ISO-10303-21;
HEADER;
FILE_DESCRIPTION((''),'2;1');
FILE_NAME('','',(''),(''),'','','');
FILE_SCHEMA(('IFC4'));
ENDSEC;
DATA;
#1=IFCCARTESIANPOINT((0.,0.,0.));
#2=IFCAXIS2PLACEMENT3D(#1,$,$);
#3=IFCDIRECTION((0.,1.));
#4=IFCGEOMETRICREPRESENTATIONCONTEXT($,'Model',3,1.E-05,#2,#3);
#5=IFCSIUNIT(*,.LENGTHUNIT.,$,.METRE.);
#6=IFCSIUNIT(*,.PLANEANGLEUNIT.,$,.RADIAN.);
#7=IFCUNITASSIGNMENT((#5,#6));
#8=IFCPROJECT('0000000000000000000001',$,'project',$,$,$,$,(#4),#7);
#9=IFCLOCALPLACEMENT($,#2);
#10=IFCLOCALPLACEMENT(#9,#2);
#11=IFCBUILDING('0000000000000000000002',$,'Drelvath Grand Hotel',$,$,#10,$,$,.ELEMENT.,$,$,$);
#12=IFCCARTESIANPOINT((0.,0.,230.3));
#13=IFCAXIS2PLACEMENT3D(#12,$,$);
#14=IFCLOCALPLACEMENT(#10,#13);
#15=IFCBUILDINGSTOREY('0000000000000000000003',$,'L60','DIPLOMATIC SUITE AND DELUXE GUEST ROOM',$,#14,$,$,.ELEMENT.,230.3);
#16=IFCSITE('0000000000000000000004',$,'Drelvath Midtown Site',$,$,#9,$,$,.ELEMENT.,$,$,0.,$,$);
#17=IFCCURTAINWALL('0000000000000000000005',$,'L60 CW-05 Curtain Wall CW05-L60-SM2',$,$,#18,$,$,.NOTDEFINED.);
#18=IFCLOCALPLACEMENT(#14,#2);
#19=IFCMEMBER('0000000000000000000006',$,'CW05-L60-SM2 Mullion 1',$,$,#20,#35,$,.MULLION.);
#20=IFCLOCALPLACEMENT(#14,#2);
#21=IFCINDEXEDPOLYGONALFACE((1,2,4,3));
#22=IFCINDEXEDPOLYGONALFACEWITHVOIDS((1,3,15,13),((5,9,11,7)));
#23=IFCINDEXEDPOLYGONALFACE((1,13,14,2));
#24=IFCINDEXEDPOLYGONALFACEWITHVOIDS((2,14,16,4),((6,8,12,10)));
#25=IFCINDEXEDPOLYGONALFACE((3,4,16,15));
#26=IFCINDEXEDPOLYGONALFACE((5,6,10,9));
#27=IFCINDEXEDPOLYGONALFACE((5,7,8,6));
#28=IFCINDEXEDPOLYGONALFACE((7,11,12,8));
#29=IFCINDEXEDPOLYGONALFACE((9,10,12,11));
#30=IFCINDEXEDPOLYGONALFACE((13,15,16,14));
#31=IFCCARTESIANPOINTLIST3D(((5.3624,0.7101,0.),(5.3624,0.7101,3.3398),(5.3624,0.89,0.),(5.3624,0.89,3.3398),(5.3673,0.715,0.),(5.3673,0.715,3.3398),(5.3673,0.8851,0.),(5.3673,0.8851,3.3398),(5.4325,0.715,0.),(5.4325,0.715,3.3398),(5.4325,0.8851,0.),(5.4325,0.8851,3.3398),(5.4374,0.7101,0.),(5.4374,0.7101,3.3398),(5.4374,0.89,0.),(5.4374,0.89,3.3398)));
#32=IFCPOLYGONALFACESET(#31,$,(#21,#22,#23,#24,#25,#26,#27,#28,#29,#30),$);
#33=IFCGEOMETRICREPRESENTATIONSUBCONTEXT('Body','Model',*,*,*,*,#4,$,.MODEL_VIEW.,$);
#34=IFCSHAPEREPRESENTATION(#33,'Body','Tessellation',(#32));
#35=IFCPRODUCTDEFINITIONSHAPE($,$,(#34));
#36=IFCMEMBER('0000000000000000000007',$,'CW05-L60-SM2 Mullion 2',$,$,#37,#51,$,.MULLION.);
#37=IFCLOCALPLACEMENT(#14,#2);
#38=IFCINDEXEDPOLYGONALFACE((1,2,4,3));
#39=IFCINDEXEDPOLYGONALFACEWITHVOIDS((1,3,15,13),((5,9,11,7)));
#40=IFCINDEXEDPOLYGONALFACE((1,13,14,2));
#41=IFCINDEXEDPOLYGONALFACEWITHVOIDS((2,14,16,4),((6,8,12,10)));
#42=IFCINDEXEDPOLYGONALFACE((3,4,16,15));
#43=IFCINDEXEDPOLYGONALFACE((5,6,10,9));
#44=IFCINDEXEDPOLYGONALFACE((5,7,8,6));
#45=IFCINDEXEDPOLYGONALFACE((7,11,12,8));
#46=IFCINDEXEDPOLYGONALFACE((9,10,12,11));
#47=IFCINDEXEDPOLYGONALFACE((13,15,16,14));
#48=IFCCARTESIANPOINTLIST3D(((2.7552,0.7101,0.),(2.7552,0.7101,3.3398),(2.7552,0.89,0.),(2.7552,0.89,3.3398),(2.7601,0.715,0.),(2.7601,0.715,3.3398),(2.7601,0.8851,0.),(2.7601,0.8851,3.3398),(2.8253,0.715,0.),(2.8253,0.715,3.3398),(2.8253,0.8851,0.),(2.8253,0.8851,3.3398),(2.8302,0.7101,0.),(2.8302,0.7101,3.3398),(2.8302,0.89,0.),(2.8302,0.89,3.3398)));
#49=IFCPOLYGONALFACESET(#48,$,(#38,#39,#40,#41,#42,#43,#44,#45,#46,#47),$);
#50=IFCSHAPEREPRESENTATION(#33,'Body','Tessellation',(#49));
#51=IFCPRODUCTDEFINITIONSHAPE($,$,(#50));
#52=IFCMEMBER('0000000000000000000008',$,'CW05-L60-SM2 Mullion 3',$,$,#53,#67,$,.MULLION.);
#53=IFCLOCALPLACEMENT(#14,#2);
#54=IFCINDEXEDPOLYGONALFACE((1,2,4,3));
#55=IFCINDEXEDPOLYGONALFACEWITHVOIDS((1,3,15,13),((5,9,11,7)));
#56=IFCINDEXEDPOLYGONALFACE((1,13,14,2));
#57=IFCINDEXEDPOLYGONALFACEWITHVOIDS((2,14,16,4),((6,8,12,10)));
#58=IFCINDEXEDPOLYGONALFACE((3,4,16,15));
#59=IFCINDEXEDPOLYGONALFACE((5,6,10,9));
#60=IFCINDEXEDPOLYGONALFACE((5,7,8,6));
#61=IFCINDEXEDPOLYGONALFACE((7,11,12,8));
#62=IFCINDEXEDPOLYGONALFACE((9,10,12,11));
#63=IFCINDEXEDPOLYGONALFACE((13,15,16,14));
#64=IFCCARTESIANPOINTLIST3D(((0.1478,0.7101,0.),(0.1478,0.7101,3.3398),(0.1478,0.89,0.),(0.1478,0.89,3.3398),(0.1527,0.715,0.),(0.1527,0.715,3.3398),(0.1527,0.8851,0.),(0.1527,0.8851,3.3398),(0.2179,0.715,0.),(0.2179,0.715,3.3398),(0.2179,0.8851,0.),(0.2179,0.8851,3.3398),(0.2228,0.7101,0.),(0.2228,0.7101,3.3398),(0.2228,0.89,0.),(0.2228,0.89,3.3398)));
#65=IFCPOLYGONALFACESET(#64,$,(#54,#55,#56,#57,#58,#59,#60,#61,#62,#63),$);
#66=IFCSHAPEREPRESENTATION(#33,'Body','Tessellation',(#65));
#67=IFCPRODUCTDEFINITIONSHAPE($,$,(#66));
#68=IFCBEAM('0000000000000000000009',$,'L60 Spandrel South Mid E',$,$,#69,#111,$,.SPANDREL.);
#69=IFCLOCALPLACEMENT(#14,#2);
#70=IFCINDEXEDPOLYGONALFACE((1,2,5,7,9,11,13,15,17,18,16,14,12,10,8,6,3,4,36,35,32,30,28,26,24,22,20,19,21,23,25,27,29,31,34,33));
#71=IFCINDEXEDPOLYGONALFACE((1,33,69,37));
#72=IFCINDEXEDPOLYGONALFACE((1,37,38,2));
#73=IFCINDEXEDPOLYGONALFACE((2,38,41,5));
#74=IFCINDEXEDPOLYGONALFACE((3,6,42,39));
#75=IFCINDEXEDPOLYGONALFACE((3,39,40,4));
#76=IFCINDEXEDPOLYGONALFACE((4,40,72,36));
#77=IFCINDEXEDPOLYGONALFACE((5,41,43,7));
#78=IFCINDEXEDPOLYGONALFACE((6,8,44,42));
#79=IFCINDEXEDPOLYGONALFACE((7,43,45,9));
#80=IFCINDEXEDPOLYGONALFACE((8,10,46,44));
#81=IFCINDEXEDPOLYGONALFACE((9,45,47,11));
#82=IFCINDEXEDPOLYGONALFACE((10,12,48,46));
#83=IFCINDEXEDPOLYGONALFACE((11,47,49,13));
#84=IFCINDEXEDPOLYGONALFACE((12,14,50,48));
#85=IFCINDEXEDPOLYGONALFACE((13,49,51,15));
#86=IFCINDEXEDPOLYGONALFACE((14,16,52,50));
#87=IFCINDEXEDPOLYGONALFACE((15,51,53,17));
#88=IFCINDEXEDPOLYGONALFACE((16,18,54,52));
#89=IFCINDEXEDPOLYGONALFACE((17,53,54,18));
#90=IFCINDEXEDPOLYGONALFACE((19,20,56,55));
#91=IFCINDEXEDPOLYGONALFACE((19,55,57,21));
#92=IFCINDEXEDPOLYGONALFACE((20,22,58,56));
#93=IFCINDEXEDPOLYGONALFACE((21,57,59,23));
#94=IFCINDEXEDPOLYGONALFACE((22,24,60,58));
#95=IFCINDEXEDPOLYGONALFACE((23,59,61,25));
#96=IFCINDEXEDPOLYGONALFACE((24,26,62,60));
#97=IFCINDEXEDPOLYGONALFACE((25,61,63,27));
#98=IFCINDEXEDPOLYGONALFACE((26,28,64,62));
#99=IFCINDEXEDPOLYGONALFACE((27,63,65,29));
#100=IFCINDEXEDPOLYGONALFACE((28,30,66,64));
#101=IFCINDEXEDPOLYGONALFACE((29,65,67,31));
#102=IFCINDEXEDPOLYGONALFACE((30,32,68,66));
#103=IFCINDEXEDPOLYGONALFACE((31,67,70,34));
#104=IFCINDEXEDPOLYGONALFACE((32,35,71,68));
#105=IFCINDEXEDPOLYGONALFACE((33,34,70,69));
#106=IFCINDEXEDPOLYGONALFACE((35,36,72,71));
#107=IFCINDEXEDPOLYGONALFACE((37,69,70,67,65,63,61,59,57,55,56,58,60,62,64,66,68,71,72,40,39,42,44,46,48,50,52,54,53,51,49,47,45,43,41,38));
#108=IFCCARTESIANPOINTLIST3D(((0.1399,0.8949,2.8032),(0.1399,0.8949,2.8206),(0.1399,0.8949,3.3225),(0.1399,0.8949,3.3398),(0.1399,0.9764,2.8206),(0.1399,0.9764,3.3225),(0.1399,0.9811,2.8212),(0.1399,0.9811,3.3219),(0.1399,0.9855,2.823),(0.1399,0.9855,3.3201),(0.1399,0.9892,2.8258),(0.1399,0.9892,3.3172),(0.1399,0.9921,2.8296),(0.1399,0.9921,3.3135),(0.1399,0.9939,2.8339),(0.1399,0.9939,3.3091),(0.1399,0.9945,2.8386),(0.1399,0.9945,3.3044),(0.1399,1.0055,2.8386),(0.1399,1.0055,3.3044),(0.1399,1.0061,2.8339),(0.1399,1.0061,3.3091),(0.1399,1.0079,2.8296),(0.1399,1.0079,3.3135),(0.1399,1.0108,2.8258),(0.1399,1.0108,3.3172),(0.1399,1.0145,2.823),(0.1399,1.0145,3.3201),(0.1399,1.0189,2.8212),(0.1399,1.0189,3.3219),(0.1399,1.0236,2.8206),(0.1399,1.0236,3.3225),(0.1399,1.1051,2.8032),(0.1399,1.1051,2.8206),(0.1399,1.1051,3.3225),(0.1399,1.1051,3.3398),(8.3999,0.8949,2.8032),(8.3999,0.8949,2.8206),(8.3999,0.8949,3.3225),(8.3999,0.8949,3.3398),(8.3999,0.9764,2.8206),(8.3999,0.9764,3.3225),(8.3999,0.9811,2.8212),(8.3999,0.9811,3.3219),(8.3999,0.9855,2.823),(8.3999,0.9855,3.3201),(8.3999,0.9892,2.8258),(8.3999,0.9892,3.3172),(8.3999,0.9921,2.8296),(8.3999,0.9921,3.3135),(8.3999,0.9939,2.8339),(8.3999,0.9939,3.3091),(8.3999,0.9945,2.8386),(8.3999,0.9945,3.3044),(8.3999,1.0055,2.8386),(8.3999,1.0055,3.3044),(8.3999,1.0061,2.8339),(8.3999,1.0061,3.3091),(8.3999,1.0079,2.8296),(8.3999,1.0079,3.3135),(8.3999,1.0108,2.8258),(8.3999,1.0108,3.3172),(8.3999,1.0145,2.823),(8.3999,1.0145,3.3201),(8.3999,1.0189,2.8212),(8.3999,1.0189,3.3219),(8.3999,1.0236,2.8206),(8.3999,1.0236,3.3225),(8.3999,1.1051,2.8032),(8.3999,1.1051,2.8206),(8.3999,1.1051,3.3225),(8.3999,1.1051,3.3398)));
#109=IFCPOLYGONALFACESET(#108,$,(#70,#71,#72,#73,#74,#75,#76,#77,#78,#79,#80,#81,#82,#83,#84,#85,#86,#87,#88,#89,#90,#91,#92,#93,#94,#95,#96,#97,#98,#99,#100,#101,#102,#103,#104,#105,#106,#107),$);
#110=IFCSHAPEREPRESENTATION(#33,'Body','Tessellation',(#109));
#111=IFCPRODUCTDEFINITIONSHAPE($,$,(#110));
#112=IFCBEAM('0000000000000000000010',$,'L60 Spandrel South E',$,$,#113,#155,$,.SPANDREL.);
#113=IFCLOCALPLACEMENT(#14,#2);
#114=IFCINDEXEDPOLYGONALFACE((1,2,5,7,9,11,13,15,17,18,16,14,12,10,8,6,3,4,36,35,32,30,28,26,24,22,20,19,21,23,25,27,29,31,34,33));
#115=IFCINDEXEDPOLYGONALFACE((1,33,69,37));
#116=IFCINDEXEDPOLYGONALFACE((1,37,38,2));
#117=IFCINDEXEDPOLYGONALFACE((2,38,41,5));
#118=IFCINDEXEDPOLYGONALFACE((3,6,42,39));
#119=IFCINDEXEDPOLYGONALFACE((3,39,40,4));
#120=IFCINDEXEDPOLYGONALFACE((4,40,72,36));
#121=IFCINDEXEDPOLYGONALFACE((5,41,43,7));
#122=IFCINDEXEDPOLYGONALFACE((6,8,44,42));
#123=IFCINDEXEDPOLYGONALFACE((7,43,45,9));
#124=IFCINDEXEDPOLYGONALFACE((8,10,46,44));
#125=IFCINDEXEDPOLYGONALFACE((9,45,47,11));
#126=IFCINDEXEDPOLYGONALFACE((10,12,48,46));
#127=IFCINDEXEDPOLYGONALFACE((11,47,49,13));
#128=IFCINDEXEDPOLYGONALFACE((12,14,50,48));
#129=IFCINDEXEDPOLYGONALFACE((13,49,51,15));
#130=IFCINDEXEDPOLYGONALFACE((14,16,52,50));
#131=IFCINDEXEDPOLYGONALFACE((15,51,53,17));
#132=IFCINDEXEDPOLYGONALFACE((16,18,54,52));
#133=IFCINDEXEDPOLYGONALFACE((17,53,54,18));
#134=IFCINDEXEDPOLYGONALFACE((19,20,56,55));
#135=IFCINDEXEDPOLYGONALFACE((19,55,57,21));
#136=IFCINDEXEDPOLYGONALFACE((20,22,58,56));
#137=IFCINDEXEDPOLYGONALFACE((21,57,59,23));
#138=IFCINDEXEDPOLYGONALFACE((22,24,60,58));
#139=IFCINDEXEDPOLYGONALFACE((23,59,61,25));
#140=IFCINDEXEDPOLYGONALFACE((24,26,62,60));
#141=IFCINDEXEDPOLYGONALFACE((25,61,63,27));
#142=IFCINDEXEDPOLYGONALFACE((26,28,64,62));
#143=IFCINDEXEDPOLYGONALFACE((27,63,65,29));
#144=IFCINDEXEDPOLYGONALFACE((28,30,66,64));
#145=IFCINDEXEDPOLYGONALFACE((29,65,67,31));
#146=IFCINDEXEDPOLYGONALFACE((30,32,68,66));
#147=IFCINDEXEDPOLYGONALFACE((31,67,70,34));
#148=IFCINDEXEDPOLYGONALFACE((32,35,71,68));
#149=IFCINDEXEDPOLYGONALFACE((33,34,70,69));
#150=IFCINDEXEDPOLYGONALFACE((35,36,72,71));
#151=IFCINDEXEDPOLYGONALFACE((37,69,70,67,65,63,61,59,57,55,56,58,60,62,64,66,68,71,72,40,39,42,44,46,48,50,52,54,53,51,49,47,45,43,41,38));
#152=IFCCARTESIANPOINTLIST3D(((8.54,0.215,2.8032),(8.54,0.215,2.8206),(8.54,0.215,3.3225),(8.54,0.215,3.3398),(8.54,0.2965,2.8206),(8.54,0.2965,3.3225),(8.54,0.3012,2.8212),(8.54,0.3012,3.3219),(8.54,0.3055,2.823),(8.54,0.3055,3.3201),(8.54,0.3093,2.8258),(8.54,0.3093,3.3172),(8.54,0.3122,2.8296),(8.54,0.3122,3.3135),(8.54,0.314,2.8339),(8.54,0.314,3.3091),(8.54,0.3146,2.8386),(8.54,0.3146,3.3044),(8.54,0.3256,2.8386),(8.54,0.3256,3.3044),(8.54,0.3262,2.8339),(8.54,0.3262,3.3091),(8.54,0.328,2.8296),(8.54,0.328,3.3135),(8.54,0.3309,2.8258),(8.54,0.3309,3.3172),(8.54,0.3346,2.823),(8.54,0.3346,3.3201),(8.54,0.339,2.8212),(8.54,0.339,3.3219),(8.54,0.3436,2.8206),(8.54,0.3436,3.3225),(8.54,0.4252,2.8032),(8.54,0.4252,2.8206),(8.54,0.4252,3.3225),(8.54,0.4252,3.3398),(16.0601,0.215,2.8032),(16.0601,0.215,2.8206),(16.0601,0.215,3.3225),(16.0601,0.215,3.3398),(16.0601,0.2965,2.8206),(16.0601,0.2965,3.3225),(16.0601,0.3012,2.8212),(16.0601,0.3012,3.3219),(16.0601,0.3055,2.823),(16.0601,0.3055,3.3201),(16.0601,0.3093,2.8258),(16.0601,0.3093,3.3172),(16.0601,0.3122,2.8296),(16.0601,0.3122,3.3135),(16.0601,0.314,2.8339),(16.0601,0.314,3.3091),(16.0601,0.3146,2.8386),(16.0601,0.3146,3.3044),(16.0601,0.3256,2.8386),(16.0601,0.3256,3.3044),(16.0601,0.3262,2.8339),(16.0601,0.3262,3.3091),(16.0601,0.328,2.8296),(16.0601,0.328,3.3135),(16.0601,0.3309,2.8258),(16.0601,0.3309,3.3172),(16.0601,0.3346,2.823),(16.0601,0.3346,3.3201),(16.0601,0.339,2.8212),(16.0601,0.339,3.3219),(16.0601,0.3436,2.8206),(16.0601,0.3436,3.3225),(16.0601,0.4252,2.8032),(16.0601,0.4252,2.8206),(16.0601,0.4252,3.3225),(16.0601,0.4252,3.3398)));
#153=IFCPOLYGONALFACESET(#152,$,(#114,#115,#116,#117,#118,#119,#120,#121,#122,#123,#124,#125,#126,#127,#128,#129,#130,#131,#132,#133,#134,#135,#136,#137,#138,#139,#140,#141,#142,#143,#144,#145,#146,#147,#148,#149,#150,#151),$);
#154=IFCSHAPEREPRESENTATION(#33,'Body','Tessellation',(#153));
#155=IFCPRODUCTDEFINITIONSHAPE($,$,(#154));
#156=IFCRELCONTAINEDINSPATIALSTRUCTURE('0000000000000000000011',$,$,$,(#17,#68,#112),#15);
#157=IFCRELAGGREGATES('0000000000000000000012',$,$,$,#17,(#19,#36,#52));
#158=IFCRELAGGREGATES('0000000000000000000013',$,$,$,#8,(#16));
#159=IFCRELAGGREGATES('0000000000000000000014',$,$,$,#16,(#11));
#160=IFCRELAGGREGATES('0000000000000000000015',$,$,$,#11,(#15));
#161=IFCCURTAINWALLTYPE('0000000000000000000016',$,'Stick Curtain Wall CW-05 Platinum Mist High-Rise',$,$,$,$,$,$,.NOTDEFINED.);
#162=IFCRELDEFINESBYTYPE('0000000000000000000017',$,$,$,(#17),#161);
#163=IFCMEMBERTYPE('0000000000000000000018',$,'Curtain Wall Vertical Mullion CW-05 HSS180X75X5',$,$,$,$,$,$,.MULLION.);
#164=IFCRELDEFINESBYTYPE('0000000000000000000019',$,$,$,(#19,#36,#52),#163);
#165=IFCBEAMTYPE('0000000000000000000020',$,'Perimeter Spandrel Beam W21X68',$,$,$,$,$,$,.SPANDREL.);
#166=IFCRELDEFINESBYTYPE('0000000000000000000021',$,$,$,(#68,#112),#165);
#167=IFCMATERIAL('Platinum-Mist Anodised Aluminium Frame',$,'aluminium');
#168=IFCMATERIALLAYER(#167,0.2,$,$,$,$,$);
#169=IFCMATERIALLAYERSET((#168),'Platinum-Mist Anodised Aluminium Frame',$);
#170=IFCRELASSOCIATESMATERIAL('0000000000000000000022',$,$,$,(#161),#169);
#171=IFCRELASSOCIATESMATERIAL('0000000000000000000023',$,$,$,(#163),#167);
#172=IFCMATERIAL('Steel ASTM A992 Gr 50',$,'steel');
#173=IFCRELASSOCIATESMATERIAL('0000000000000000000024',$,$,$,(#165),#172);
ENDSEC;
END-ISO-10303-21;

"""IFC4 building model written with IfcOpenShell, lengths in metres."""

from ifc_helpers import new_model, si_unit, direction, frame, origin, origin_2d, place, context, subcontext, project, spatial, hollow_rectangle, i_section, extrude, material, layer, layer_set, material_profile, profile_set, type_object, element, aggregate, save


model = new_model("IFC4")

# Units and contexts
model_context = context("Model", 3, precision=1e-05, world=origin(), true_north=direction((0.0, 1.0)))
body_context = subcontext(model_context, "Body", "Model", "MODEL_VIEW")
ifc_project = project(units=[si_unit("LENGTHUNIT", "METRE"), si_unit("PLANEANGLEUNIT", "RADIAN")], contexts=[model_context])

# Site, building, storey
site_placement = place(None, origin())
site = spatial("IfcSite", under=ifc_project, at=site_placement, Name="Drelvath Midtown Site", CompositionType="ELEMENT", RefElevation=0.0)
building_placement = place(site_placement, origin())
building = spatial("IfcBuilding", under=site, at=building_placement, Name="Drelvath Grand Hotel", CompositionType="ELEMENT")
storey_placement = place(building_placement, frame((0.0, 0.0, 230.3)))
storey = spatial("IfcBuildingStorey", under=building, at=storey_placement, Name="L60", Description="DIPLOMATIC SUITE AND DELUXE GUEST ROOM", CompositionType="ELEMENT", Elevation=230.3)

# Curtain wall
ifc_material_1 = material(Name="Platinum-Mist Anodised Aluminium Frame", Category="aluminium")
ifc_layer_1 = layer(ifc_material_1, 0.2)
ifc_layer_set_1 = layer_set([ifc_layer_1], Name="Platinum-Mist Anodised Aluminium Frame")
curtain_wall_type = type_object("IfcCurtainWallType", Name="Stick Curtain Wall CW-05 Platinum Mist High-Rise", PredefinedType="NOTDEFINED", material=ifc_layer_set_1)
curtain_wall_1_placement = place(storey_placement, origin())
curtain_wall_1 = element("IfcCurtainWall", 1, at=curtain_wall_1_placement, inside=storey, type_object=curtain_wall_type, Name="L60 CW-05 Curtain Wall CW05-L60-SM2", PredefinedType="NOTDEFINED")

# Shared definitions
ifc_material_profile_1 = material_profile(ifc_material_1, hollow_rectangle(XDim=0.075, YDim=0.1799, WallThickness=0.0049, at=origin_2d()), Name="HSS180X75X5")
ifc_profile_set_1 = profile_set([ifc_material_profile_1], Name="Platinum-Mist Anodised Aluminium Frame")
member_type_1 = type_object("IfcMemberType", Name="Curtain Wall Vertical Mullion CW-05 HSS180X75X5", PredefinedType="MULLION", material=ifc_profile_set_1)

# Members
member_1_placement = place(storey_placement, frame((5.3999, 0.8, 0.0), z_axis=(0.0, 0.0, 1.0), x_axis=(1.0, 0.0, 0.0)))
member_1 = element("IfcMember", 2, at=member_1_placement, type_object=member_type_1, Name="CW05-L60-SM2 Mullion 1", PredefinedType="MULLION", context=body_context, shape_type="SweptSolid", body=[
    extrude(hollow_rectangle(XDim=0.075, YDim=0.1799, WallThickness=0.0049, at=origin_2d()), origin(), (0.0, 0.0, 1.0), 3.3398),
])
member_2_placement = place(storey_placement, frame((2.7927, 0.8, 0.0), z_axis=(0.0, 0.0, 1.0), x_axis=(1.0, 0.0, 0.0)))
member_2 = element("IfcMember", 3, at=member_2_placement, type_object=member_type_1, Name="CW05-L60-SM2 Mullion 2", PredefinedType="MULLION", context=body_context, shape_type="SweptSolid", body=[
    extrude(hollow_rectangle(XDim=0.075, YDim=0.1799, WallThickness=0.0049, at=origin_2d()), origin(), (0.0, 0.0, 1.0), 3.3398),
])
member_3_placement = place(storey_placement, frame((0.1853, 0.8, 0.0), z_axis=(0.0, 0.0, 1.0), x_axis=(1.0, 0.0, 0.0)))
member_3 = element("IfcMember", 4, at=member_3_placement, type_object=member_type_1, Name="CW05-L60-SM2 Mullion 3", PredefinedType="MULLION", context=body_context, shape_type="SweptSolid", body=[
    extrude(hollow_rectangle(XDim=0.075, YDim=0.1799, WallThickness=0.0049, at=origin_2d()), origin(), (0.0, 0.0, 1.0), 3.3398),
])

# Beams
ifc_material_2 = material(Name="Steel ASTM A992 Gr 50", Category="steel")
ifc_material_profile_2 = material_profile(ifc_material_2, i_section(OverallWidth=0.2102, OverallDepth=0.5366, WebThickness=0.011, FlangeThickness=0.0173, FilletRadius=0.0181, at=origin_2d()), Name="W21X68")
ifc_profile_set_2 = profile_set([ifc_material_profile_2], Name="Steel ASTM A992 Gr 50")
beam_type_1 = type_object("IfcBeamType", Name="Perimeter Spandrel Beam W21X68", PredefinedType="SPANDREL", material=ifc_profile_set_2)
beam_1_placement = place(storey_placement, frame((0.1399, 1.0, 3.0715), z_axis=(1.0, 0.0, 0.0), x_axis=(0.0, 1.0, 0.0)))
element("IfcBeam", 5, at=beam_1_placement, inside=storey, type_object=beam_type_1, Name="L60 Spandrel South Mid E", PredefinedType="SPANDREL", context=body_context, shape_type="SweptSolid", body=[
    extrude(i_section(OverallWidth=0.2102, OverallDepth=0.5366, WebThickness=0.011, FlangeThickness=0.0173, FilletRadius=0.0181, at=origin_2d()), origin(), (0.0, 0.0, 1.0), 8.26),
])
beam_2_placement = place(storey_placement, frame((8.54, 0.3201, 3.0715), z_axis=(1.0, 0.0, 0.0), x_axis=(0.0, 1.0, 0.0)))
element("IfcBeam", 6, at=beam_2_placement, inside=storey, type_object=beam_type_1, Name="L60 Spandrel South E", PredefinedType="SPANDREL", context=body_context, shape_type="SweptSolid", body=[
    extrude(i_section(OverallWidth=0.2102, OverallDepth=0.5366, WebThickness=0.011, FlangeThickness=0.0173, FilletRadius=0.0181, at=origin_2d()), origin(), (0.0, 0.0, 1.0), 7.52),
])

aggregate(curtain_wall_1, [member_1, member_2, member_3])

save(model, "model.ifc")
